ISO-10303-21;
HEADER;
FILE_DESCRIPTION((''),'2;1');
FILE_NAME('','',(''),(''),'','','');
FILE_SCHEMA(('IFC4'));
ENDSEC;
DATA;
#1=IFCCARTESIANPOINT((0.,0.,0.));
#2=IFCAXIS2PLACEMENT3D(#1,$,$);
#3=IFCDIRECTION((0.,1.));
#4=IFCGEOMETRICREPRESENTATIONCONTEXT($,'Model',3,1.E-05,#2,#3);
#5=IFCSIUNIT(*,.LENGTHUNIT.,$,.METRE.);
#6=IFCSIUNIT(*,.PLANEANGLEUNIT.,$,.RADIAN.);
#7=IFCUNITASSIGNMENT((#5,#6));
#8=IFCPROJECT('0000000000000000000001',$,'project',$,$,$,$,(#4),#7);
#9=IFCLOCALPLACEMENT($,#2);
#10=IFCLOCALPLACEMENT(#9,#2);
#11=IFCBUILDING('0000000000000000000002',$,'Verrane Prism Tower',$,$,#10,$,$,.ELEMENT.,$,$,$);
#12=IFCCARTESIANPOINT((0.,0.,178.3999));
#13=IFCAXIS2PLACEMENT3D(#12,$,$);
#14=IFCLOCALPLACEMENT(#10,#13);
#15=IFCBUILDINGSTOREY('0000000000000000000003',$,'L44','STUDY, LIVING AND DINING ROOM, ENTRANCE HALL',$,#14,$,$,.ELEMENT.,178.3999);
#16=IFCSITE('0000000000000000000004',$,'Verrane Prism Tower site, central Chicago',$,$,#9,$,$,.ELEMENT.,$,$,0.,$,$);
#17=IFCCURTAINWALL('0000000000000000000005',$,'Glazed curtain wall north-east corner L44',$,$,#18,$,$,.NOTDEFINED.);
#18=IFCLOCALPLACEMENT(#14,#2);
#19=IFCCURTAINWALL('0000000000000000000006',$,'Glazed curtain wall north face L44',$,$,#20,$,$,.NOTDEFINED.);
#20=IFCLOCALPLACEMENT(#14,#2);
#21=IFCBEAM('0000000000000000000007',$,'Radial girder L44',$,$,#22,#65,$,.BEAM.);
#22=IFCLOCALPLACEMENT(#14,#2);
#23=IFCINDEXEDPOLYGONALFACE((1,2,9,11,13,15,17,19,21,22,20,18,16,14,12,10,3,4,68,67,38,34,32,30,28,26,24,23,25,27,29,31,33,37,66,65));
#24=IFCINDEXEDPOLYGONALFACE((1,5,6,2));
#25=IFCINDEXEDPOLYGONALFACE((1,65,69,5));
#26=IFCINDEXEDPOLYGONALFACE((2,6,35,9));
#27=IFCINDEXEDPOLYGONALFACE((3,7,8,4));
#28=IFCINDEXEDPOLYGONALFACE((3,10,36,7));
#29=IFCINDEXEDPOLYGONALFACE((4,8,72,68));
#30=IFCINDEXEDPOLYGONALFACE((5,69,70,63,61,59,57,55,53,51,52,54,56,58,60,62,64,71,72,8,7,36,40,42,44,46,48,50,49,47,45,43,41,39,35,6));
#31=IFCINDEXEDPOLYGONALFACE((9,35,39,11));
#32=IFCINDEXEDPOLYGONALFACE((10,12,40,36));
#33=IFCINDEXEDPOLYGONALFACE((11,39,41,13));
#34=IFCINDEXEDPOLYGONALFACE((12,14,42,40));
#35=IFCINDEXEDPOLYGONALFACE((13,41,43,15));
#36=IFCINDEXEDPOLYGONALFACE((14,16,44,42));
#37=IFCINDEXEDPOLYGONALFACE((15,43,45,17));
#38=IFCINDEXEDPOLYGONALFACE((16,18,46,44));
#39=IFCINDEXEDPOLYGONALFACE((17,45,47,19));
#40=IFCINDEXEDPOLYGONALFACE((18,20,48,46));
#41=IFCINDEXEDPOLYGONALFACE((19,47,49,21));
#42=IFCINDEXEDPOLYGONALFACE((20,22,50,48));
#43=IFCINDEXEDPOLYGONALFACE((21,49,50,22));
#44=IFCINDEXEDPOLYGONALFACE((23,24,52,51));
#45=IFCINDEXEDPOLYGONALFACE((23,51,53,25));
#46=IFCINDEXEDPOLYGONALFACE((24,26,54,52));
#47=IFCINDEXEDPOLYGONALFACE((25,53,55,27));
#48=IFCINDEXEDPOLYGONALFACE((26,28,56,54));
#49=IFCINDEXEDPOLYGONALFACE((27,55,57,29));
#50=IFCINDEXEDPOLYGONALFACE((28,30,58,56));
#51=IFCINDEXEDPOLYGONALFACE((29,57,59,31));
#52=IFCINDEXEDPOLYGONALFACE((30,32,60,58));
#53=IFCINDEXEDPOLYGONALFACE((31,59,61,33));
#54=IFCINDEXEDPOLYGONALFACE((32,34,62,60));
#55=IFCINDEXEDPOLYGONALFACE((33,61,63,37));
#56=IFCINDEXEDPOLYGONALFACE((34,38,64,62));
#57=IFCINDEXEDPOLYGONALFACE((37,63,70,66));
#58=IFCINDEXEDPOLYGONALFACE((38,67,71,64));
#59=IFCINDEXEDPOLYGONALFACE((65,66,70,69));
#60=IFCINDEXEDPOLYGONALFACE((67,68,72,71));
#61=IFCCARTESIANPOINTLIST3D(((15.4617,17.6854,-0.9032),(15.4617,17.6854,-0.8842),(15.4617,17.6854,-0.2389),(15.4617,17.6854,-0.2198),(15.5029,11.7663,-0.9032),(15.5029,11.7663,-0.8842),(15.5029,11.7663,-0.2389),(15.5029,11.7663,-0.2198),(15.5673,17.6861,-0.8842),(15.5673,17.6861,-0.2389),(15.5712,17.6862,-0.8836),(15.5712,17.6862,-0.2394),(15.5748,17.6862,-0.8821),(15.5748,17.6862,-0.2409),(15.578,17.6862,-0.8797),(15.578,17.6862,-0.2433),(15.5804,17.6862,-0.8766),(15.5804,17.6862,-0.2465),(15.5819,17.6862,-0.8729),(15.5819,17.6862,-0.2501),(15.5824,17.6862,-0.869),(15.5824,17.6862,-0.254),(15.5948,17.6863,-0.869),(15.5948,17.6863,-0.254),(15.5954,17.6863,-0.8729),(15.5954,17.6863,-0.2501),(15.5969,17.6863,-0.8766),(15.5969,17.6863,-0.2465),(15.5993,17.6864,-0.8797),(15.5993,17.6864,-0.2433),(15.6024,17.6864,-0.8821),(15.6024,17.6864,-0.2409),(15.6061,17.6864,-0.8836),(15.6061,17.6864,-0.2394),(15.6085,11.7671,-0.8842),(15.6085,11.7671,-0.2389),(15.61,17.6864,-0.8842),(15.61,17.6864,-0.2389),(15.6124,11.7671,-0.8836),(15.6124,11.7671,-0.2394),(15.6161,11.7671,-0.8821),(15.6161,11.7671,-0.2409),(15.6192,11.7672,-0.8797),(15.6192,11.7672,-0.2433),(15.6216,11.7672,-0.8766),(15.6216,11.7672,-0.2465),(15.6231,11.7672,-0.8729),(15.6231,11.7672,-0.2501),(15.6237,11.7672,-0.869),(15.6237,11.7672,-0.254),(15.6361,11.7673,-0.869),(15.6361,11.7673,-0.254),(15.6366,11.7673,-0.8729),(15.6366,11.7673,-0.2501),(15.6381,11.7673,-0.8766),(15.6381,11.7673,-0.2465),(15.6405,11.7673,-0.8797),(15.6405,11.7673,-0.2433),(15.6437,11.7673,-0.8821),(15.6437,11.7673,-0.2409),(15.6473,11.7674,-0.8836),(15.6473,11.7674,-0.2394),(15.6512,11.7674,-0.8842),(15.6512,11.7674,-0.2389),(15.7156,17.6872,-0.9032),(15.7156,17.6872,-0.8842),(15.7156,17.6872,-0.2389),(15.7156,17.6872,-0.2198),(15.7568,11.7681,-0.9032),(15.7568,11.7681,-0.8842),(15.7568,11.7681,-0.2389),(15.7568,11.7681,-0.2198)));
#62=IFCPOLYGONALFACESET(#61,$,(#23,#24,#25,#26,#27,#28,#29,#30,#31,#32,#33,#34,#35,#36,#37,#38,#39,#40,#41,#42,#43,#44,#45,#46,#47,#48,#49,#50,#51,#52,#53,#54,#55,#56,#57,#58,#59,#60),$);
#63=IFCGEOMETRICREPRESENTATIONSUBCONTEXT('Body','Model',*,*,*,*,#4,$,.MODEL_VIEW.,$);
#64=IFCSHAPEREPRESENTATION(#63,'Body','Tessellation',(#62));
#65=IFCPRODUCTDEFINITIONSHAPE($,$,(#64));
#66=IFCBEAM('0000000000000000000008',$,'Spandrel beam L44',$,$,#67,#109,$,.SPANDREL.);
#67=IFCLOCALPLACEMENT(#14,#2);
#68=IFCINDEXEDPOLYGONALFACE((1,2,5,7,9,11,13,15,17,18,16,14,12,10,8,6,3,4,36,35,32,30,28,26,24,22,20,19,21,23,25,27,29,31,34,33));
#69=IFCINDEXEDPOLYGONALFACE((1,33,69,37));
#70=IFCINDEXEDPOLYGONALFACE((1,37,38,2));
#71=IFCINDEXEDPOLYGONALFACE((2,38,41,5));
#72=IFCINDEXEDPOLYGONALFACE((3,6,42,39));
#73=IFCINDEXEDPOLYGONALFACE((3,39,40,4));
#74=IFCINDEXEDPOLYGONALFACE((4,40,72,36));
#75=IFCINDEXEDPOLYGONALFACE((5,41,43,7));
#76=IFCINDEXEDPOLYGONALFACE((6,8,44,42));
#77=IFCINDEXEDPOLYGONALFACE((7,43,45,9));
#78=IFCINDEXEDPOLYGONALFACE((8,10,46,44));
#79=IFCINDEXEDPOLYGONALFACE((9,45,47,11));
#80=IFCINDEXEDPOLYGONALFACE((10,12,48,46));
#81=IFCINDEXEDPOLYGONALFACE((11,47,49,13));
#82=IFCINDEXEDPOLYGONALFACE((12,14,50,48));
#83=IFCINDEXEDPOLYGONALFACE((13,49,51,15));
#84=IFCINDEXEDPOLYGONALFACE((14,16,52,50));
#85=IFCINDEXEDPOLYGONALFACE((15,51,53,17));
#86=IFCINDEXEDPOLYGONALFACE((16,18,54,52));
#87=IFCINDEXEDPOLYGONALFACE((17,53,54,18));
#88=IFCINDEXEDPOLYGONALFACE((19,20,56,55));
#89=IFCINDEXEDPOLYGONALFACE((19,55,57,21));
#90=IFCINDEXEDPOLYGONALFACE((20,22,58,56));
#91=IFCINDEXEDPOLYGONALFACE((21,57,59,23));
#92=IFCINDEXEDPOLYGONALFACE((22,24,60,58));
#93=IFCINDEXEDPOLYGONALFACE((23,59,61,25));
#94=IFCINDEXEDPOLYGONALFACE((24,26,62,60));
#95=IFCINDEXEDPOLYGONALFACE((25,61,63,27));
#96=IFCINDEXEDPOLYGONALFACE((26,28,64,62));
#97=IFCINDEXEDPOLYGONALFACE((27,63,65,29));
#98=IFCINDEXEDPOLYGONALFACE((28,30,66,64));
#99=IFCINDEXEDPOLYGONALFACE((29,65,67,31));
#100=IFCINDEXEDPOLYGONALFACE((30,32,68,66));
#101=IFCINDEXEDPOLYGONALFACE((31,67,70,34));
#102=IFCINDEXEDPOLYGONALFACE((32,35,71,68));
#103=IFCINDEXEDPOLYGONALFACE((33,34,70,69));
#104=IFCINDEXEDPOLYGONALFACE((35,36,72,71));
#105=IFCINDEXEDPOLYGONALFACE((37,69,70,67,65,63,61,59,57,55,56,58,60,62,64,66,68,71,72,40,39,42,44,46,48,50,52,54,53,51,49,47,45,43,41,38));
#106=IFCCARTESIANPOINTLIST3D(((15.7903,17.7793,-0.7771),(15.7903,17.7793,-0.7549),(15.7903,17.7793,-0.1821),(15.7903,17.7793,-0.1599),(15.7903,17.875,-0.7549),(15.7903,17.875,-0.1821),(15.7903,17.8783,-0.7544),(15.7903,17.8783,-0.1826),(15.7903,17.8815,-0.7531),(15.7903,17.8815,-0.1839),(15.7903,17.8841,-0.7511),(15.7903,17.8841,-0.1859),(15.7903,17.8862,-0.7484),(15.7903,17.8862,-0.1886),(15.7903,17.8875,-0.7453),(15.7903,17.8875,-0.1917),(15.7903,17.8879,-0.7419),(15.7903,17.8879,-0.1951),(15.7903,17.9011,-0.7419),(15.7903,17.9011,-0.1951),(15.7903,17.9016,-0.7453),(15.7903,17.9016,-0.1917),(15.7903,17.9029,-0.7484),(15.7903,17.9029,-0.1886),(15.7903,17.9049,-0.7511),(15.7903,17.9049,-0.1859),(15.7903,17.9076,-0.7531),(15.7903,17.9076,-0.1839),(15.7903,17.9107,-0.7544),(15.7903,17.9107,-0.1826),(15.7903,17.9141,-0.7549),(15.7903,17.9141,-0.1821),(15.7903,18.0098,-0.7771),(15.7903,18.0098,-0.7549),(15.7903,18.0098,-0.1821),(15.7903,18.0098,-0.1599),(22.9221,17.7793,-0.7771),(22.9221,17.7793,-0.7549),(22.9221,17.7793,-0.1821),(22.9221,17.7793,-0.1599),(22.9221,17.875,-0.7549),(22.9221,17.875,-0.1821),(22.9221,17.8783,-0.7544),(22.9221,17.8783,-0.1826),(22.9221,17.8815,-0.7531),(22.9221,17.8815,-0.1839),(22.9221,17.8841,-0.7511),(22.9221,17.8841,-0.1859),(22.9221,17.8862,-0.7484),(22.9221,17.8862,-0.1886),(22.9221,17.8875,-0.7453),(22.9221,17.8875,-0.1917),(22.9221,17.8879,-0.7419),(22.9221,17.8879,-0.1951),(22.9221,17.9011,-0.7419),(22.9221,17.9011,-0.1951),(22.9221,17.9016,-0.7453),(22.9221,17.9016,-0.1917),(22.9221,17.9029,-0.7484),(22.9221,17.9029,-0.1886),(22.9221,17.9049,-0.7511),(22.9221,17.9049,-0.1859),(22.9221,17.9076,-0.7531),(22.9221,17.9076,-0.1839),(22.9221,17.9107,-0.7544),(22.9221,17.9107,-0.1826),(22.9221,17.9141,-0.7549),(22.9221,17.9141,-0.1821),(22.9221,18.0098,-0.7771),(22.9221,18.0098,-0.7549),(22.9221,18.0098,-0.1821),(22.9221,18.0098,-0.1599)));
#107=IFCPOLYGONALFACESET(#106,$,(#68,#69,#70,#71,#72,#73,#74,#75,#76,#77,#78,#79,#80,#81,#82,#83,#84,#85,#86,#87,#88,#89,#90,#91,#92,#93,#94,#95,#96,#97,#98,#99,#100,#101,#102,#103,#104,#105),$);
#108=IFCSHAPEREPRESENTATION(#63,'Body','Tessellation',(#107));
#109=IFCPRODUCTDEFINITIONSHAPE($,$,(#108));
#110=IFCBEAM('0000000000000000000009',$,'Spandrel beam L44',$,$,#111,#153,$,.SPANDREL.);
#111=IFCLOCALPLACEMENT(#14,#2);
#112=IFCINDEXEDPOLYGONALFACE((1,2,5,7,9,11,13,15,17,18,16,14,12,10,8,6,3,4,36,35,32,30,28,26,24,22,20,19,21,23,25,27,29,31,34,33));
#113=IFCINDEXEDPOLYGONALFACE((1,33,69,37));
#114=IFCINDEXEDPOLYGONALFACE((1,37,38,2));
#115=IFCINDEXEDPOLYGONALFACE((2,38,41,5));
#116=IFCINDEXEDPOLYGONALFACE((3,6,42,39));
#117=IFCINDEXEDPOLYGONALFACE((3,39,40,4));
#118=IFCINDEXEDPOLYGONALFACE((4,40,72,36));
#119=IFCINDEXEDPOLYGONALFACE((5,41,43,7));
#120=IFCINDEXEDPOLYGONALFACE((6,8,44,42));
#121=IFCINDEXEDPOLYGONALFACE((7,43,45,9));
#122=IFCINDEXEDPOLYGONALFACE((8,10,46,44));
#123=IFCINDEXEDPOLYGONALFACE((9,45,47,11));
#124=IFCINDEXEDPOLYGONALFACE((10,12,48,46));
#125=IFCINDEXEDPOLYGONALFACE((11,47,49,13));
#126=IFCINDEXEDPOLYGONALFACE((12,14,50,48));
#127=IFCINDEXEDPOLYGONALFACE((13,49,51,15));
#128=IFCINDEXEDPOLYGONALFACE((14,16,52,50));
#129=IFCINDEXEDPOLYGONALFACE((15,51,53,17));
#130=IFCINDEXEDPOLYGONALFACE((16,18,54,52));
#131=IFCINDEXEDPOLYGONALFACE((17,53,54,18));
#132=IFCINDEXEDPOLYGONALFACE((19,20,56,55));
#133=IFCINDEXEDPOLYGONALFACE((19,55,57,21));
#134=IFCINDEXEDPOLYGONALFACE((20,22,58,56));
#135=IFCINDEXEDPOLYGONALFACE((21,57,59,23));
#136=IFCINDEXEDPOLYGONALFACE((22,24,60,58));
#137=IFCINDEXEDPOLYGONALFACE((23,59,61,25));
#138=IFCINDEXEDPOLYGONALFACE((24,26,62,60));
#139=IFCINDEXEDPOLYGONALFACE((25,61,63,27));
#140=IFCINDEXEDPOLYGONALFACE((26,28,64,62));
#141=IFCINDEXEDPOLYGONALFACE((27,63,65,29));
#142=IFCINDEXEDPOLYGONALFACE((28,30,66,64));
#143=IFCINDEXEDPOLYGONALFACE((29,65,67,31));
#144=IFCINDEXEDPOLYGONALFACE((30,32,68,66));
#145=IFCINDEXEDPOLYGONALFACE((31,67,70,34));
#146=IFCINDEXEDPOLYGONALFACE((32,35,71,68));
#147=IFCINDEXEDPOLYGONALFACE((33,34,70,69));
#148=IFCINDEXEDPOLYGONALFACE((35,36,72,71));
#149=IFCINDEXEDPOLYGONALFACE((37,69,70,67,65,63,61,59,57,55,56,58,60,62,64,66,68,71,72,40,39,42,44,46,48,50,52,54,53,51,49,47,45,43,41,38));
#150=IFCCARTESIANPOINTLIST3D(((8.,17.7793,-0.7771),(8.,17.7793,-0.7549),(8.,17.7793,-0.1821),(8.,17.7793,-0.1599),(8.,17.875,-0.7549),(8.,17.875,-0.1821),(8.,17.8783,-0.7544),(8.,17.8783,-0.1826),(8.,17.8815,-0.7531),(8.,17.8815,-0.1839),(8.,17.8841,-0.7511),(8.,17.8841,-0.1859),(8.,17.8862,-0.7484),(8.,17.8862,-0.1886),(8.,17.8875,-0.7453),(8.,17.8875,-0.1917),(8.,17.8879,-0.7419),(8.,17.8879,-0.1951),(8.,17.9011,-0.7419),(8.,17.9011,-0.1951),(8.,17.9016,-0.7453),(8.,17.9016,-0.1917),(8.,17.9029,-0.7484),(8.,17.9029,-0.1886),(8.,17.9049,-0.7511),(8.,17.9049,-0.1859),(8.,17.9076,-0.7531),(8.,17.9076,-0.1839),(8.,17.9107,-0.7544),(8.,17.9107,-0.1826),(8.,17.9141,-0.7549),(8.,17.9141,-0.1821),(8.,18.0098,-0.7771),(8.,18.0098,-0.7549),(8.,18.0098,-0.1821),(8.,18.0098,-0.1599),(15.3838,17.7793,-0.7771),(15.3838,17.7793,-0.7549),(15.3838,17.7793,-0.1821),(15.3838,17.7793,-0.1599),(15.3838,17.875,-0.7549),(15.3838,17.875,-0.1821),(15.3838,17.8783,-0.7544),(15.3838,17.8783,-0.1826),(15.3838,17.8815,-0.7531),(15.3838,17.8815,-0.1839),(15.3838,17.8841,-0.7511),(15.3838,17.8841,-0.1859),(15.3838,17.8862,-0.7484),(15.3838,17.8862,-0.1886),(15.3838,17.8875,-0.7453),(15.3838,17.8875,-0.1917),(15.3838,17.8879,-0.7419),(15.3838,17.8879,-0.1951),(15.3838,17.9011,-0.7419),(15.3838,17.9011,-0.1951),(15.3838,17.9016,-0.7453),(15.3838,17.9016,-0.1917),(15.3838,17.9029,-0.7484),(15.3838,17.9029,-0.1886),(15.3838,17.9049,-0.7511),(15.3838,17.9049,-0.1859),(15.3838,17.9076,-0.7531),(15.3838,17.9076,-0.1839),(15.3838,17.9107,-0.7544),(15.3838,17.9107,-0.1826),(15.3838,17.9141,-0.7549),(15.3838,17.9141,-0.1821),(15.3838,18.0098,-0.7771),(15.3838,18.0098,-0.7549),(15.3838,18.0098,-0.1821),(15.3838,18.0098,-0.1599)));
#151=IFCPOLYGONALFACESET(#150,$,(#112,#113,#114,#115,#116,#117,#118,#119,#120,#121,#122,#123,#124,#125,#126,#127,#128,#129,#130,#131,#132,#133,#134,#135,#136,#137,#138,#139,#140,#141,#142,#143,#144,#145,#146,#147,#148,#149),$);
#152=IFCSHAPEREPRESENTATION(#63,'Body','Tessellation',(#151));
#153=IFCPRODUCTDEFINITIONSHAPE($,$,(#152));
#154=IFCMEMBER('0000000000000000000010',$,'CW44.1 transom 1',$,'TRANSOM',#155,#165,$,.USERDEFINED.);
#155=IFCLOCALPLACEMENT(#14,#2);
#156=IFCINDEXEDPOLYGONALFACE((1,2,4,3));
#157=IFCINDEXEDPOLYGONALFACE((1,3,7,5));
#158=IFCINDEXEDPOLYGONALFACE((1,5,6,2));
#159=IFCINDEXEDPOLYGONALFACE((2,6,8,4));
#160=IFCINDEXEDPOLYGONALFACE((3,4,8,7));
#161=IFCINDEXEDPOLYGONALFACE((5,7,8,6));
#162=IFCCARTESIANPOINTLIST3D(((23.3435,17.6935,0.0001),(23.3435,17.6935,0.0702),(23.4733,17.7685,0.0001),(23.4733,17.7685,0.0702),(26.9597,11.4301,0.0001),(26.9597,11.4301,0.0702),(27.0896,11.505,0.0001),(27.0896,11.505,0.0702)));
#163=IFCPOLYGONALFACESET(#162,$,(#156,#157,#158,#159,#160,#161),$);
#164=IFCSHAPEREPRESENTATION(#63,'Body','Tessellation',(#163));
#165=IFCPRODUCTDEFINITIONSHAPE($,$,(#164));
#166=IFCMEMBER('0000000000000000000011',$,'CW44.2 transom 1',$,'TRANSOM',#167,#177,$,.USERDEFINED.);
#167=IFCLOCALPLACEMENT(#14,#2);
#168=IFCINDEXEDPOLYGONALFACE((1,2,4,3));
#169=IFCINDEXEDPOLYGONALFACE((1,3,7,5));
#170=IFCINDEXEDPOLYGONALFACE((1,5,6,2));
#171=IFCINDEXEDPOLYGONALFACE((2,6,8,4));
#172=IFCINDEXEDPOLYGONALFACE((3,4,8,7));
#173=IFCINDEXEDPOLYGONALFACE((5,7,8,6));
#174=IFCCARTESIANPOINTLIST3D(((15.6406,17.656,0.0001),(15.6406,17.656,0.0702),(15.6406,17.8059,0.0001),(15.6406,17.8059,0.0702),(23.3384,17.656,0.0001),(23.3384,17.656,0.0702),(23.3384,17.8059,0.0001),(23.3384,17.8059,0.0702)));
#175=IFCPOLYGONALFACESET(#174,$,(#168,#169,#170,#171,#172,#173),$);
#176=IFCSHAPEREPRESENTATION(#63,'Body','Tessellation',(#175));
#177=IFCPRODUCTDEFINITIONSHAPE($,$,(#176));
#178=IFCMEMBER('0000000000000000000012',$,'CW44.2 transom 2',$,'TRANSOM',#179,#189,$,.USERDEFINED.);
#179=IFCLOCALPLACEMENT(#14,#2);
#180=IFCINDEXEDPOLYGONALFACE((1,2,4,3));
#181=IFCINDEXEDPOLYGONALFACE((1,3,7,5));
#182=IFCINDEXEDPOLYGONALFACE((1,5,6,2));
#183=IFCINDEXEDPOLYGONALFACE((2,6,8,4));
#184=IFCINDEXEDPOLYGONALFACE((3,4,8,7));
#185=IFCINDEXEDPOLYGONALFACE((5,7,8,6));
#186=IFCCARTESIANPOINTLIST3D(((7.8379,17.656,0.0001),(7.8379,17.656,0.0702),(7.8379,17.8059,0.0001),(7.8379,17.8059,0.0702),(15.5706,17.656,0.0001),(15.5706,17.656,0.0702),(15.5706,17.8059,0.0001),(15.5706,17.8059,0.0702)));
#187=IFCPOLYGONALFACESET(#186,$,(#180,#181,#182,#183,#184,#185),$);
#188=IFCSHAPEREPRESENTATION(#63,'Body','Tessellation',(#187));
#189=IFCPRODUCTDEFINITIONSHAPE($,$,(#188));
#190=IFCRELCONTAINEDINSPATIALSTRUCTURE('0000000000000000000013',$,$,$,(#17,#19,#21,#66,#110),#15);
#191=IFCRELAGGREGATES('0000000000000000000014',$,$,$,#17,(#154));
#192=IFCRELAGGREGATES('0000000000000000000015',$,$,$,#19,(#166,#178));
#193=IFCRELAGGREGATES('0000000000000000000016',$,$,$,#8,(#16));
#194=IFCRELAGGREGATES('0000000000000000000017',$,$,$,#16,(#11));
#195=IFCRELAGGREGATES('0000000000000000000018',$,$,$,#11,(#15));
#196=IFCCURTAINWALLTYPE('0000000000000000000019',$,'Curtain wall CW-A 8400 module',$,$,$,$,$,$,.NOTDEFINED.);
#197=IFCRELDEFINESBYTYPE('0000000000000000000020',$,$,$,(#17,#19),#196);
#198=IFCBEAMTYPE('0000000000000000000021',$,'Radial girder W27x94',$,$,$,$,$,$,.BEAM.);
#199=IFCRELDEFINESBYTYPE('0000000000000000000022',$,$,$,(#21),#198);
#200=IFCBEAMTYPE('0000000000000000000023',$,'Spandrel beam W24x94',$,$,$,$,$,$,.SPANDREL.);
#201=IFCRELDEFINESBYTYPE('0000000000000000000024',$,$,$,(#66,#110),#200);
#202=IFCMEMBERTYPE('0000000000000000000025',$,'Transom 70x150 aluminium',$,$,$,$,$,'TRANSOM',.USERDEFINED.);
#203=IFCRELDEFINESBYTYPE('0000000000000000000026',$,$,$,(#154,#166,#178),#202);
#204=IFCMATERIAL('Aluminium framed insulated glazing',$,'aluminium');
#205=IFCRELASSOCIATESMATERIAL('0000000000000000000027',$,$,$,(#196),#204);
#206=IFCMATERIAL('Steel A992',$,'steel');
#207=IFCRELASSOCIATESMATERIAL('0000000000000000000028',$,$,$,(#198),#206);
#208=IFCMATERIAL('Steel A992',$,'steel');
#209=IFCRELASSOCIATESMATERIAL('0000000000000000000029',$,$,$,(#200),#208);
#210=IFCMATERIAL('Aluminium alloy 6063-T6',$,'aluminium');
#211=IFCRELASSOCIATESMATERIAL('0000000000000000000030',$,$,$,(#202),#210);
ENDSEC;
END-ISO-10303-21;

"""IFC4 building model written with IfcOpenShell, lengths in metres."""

from ifc_helpers import new_model, si_unit, direction, frame, origin, origin_2d, place, context, subcontext, project, spatial, rectangle, i_section, extrude, material, material_profile, profile_set, type_object, element, aggregate, save


model = new_model("IFC4")

# Units and contexts
model_context = context("Model", 3, precision=1e-05, world=origin(), true_north=direction((0.0, 1.0)))
body_context = subcontext(model_context, "Body", "Model", "MODEL_VIEW")
ifc_project = project(units=[si_unit("LENGTHUNIT", "METRE"), si_unit("PLANEANGLEUNIT", "RADIAN")], contexts=[model_context])

# Site, building, storey
site_placement = place(None, origin())
site = spatial("IfcSite", under=ifc_project, at=site_placement, Name="Verrane Prism Tower site, central Chicago", CompositionType="ELEMENT", RefElevation=0.0)
building_placement = place(site_placement, origin())
building = spatial("IfcBuilding", under=site, at=building_placement, Name="Verrane Prism Tower", CompositionType="ELEMENT")
storey_placement = place(building_placement, frame((0.0, 0.0, 178.3999)))
storey = spatial("IfcBuildingStorey", under=building, at=storey_placement, Name="L44", Description="STUDY, LIVING AND DINING ROOM, ENTRANCE HALL", CompositionType="ELEMENT", Elevation=178.3999)

# Curtain wall
ifc_material_1 = material(Name="Aluminium framed insulated glazing", Category="aluminium")
curtain_wall_type = type_object("IfcCurtainWallType", Name="Curtain wall CW-A 8400 module", PredefinedType="NOTDEFINED", material=ifc_material_1)
curtain_wall_1_placement = place(storey_placement, origin())
curtain_wall_1 = element("IfcCurtainWall", 1, at=curtain_wall_1_placement, inside=storey, type_object=curtain_wall_type, Name="Glazed curtain wall north-east corner L44", PredefinedType="NOTDEFINED")

# Curtain wall
curtain_wall_2_placement = place(storey_placement, origin())
curtain_wall_2 = element("IfcCurtainWall", 2, at=curtain_wall_2_placement, inside=storey, type_object=curtain_wall_type, Name="Glazed curtain wall north face L44", PredefinedType="NOTDEFINED")

# Beams
ifc_material_2 = material(Name="Steel A992", Category="steel")
ifc_material_profile_1 = material_profile(ifc_material_2, i_section(OverallWidth=0.2539, OverallDepth=0.6833, WebThickness=0.0125, FlangeThickness=0.019, FilletRadius=0.0151, at=origin_2d()), Name="W27x94")
ifc_profile_set_1 = profile_set([ifc_material_profile_1], Name="Steel A992")
beam_type_1 = type_object("IfcBeamType", Name="Radial girder W27x94", PredefinedType="BEAM", material=ifc_profile_set_1)
beam_1_placement = place(storey_placement, frame((15.5886, 17.6863, -0.5615), z_axis=(0.006971, -0.999976, 0.0), x_axis=(0.999976, 0.006971, 0.0)))
element("IfcBeam", 3, at=beam_1_placement, inside=storey, type_object=beam_type_1, Name="Radial girder L44", PredefinedType="BEAM", context=body_context, shape_type="SweptSolid", body=[
    extrude(i_section(OverallWidth=0.2539, OverallDepth=0.6833, WebThickness=0.0125, FlangeThickness=0.019, FilletRadius=0.0151, at=origin_2d()), origin(), (0.0, 0.0, 1.0), 5.9192),
])
ifc_material_3 = material(Name="Steel A992", Category="steel")
ifc_material_profile_2 = material_profile(ifc_material_3, i_section(OverallWidth=0.2305, OverallDepth=0.6172, WebThickness=0.0132, FlangeThickness=0.0222, FilletRadius=0.0129, at=origin_2d()), Name="W24x94")
ifc_profile_set_2 = profile_set([ifc_material_profile_2], Name="Steel A992")
beam_type_2 = type_object("IfcBeamType", Name="Spandrel beam W24x94", PredefinedType="SPANDREL", material=ifc_profile_set_2)
beam_2_placement = place(storey_placement, frame((22.9221, 17.8945, -0.4685), z_axis=(-1.0, 0.0, 0.0), x_axis=(0.0, -1.0, 0.0)))
element("IfcBeam", 4, at=beam_2_placement, inside=storey, type_object=beam_type_2, Name="Spandrel beam L44", PredefinedType="SPANDREL", context=body_context, shape_type="SweptSolid", body=[
    extrude(i_section(OverallWidth=0.2305, OverallDepth=0.6172, WebThickness=0.0132, FlangeThickness=0.0222, FilletRadius=0.0129, at=origin_2d()), origin(), (0.0, 0.0, 1.0), 7.1318),
])
beam_3_placement = place(storey_placement, frame((15.3838, 17.8945, -0.4685), z_axis=(-1.0, 0.0, 0.0), x_axis=(0.0, -1.0, 0.0)))
element("IfcBeam", 5, at=beam_3_placement, inside=storey, type_object=beam_type_2, Name="Spandrel beam L44", PredefinedType="SPANDREL", context=body_context, shape_type="SweptSolid", body=[
    extrude(i_section(OverallWidth=0.2305, OverallDepth=0.6172, WebThickness=0.0132, FlangeThickness=0.0222, FilletRadius=0.0129, at=origin_2d()), origin(), (0.0, 0.0, 1.0), 7.3838),
])

# Members
ifc_material_4 = material(Name="Aluminium alloy 6063-T6", Category="aluminium")
ifc_material_profile_3 = material_profile(ifc_material_4, rectangle(XDim=0.1499, YDim=0.0701, at=origin_2d()), Name="Transom 70x150 aluminium")
ifc_profile_set_3 = profile_set([ifc_material_profile_3], Name="Aluminium alloy 6063-T6")
member_type_1 = type_object("IfcMemberType", Name="Transom 70x150 aluminium", ElementType="TRANSOM", PredefinedType="USERDEFINED", material=ifc_profile_set_3)
member_1_placement = place(storey_placement, frame((27.0247, 11.4675, 0.0352), z_axis=(-0.500002, 0.866024, 0.0), x_axis=(-0.866024, -0.500002, 0.0)))
member_1 = element("IfcMember", 6, at=member_1_placement, type_object=member_type_1, Name="CW44.1 transom 1", ObjectType="TRANSOM", PredefinedType="USERDEFINED", context=body_context, shape_type="SweptSolid", body=[
    extrude(rectangle(XDim=0.1499, YDim=0.0701, at=origin_2d()), origin(), (0.0, 0.0, 1.0), 7.2324),
])
member_2_placement = place(storey_placement, frame((23.3384, 17.731, 0.0352), z_axis=(-1.0, 0.0, 0.0), x_axis=(0.0, -1.0, 0.0)))
member_2 = element("IfcMember", 7, at=member_2_placement, type_object=member_type_1, Name="CW44.2 transom 1", ObjectType="TRANSOM", PredefinedType="USERDEFINED", context=body_context, shape_type="SweptSolid", body=[
    extrude(rectangle(XDim=0.1499, YDim=0.0701, at=origin_2d()), origin(), (0.0, 0.0, 1.0), 7.6978),
])
member_3_placement = place(storey_placement, frame((15.5706, 17.731, 0.0352), z_axis=(-1.0, 0.0, 0.0), x_axis=(0.0, -1.0, 0.0)))
member_3 = element("IfcMember", 8, at=member_3_placement, type_object=member_type_1, Name="CW44.2 transom 2", ObjectType="TRANSOM", PredefinedType="USERDEFINED", context=body_context, shape_type="SweptSolid", body=[
    extrude(rectangle(XDim=0.1499, YDim=0.0701, at=origin_2d()), origin(), (0.0, 0.0, 1.0), 7.7327),
])

aggregate(curtain_wall_1, [member_1])
aggregate(curtain_wall_2, [member_2, member_3])

save(model, "model.ifc")
